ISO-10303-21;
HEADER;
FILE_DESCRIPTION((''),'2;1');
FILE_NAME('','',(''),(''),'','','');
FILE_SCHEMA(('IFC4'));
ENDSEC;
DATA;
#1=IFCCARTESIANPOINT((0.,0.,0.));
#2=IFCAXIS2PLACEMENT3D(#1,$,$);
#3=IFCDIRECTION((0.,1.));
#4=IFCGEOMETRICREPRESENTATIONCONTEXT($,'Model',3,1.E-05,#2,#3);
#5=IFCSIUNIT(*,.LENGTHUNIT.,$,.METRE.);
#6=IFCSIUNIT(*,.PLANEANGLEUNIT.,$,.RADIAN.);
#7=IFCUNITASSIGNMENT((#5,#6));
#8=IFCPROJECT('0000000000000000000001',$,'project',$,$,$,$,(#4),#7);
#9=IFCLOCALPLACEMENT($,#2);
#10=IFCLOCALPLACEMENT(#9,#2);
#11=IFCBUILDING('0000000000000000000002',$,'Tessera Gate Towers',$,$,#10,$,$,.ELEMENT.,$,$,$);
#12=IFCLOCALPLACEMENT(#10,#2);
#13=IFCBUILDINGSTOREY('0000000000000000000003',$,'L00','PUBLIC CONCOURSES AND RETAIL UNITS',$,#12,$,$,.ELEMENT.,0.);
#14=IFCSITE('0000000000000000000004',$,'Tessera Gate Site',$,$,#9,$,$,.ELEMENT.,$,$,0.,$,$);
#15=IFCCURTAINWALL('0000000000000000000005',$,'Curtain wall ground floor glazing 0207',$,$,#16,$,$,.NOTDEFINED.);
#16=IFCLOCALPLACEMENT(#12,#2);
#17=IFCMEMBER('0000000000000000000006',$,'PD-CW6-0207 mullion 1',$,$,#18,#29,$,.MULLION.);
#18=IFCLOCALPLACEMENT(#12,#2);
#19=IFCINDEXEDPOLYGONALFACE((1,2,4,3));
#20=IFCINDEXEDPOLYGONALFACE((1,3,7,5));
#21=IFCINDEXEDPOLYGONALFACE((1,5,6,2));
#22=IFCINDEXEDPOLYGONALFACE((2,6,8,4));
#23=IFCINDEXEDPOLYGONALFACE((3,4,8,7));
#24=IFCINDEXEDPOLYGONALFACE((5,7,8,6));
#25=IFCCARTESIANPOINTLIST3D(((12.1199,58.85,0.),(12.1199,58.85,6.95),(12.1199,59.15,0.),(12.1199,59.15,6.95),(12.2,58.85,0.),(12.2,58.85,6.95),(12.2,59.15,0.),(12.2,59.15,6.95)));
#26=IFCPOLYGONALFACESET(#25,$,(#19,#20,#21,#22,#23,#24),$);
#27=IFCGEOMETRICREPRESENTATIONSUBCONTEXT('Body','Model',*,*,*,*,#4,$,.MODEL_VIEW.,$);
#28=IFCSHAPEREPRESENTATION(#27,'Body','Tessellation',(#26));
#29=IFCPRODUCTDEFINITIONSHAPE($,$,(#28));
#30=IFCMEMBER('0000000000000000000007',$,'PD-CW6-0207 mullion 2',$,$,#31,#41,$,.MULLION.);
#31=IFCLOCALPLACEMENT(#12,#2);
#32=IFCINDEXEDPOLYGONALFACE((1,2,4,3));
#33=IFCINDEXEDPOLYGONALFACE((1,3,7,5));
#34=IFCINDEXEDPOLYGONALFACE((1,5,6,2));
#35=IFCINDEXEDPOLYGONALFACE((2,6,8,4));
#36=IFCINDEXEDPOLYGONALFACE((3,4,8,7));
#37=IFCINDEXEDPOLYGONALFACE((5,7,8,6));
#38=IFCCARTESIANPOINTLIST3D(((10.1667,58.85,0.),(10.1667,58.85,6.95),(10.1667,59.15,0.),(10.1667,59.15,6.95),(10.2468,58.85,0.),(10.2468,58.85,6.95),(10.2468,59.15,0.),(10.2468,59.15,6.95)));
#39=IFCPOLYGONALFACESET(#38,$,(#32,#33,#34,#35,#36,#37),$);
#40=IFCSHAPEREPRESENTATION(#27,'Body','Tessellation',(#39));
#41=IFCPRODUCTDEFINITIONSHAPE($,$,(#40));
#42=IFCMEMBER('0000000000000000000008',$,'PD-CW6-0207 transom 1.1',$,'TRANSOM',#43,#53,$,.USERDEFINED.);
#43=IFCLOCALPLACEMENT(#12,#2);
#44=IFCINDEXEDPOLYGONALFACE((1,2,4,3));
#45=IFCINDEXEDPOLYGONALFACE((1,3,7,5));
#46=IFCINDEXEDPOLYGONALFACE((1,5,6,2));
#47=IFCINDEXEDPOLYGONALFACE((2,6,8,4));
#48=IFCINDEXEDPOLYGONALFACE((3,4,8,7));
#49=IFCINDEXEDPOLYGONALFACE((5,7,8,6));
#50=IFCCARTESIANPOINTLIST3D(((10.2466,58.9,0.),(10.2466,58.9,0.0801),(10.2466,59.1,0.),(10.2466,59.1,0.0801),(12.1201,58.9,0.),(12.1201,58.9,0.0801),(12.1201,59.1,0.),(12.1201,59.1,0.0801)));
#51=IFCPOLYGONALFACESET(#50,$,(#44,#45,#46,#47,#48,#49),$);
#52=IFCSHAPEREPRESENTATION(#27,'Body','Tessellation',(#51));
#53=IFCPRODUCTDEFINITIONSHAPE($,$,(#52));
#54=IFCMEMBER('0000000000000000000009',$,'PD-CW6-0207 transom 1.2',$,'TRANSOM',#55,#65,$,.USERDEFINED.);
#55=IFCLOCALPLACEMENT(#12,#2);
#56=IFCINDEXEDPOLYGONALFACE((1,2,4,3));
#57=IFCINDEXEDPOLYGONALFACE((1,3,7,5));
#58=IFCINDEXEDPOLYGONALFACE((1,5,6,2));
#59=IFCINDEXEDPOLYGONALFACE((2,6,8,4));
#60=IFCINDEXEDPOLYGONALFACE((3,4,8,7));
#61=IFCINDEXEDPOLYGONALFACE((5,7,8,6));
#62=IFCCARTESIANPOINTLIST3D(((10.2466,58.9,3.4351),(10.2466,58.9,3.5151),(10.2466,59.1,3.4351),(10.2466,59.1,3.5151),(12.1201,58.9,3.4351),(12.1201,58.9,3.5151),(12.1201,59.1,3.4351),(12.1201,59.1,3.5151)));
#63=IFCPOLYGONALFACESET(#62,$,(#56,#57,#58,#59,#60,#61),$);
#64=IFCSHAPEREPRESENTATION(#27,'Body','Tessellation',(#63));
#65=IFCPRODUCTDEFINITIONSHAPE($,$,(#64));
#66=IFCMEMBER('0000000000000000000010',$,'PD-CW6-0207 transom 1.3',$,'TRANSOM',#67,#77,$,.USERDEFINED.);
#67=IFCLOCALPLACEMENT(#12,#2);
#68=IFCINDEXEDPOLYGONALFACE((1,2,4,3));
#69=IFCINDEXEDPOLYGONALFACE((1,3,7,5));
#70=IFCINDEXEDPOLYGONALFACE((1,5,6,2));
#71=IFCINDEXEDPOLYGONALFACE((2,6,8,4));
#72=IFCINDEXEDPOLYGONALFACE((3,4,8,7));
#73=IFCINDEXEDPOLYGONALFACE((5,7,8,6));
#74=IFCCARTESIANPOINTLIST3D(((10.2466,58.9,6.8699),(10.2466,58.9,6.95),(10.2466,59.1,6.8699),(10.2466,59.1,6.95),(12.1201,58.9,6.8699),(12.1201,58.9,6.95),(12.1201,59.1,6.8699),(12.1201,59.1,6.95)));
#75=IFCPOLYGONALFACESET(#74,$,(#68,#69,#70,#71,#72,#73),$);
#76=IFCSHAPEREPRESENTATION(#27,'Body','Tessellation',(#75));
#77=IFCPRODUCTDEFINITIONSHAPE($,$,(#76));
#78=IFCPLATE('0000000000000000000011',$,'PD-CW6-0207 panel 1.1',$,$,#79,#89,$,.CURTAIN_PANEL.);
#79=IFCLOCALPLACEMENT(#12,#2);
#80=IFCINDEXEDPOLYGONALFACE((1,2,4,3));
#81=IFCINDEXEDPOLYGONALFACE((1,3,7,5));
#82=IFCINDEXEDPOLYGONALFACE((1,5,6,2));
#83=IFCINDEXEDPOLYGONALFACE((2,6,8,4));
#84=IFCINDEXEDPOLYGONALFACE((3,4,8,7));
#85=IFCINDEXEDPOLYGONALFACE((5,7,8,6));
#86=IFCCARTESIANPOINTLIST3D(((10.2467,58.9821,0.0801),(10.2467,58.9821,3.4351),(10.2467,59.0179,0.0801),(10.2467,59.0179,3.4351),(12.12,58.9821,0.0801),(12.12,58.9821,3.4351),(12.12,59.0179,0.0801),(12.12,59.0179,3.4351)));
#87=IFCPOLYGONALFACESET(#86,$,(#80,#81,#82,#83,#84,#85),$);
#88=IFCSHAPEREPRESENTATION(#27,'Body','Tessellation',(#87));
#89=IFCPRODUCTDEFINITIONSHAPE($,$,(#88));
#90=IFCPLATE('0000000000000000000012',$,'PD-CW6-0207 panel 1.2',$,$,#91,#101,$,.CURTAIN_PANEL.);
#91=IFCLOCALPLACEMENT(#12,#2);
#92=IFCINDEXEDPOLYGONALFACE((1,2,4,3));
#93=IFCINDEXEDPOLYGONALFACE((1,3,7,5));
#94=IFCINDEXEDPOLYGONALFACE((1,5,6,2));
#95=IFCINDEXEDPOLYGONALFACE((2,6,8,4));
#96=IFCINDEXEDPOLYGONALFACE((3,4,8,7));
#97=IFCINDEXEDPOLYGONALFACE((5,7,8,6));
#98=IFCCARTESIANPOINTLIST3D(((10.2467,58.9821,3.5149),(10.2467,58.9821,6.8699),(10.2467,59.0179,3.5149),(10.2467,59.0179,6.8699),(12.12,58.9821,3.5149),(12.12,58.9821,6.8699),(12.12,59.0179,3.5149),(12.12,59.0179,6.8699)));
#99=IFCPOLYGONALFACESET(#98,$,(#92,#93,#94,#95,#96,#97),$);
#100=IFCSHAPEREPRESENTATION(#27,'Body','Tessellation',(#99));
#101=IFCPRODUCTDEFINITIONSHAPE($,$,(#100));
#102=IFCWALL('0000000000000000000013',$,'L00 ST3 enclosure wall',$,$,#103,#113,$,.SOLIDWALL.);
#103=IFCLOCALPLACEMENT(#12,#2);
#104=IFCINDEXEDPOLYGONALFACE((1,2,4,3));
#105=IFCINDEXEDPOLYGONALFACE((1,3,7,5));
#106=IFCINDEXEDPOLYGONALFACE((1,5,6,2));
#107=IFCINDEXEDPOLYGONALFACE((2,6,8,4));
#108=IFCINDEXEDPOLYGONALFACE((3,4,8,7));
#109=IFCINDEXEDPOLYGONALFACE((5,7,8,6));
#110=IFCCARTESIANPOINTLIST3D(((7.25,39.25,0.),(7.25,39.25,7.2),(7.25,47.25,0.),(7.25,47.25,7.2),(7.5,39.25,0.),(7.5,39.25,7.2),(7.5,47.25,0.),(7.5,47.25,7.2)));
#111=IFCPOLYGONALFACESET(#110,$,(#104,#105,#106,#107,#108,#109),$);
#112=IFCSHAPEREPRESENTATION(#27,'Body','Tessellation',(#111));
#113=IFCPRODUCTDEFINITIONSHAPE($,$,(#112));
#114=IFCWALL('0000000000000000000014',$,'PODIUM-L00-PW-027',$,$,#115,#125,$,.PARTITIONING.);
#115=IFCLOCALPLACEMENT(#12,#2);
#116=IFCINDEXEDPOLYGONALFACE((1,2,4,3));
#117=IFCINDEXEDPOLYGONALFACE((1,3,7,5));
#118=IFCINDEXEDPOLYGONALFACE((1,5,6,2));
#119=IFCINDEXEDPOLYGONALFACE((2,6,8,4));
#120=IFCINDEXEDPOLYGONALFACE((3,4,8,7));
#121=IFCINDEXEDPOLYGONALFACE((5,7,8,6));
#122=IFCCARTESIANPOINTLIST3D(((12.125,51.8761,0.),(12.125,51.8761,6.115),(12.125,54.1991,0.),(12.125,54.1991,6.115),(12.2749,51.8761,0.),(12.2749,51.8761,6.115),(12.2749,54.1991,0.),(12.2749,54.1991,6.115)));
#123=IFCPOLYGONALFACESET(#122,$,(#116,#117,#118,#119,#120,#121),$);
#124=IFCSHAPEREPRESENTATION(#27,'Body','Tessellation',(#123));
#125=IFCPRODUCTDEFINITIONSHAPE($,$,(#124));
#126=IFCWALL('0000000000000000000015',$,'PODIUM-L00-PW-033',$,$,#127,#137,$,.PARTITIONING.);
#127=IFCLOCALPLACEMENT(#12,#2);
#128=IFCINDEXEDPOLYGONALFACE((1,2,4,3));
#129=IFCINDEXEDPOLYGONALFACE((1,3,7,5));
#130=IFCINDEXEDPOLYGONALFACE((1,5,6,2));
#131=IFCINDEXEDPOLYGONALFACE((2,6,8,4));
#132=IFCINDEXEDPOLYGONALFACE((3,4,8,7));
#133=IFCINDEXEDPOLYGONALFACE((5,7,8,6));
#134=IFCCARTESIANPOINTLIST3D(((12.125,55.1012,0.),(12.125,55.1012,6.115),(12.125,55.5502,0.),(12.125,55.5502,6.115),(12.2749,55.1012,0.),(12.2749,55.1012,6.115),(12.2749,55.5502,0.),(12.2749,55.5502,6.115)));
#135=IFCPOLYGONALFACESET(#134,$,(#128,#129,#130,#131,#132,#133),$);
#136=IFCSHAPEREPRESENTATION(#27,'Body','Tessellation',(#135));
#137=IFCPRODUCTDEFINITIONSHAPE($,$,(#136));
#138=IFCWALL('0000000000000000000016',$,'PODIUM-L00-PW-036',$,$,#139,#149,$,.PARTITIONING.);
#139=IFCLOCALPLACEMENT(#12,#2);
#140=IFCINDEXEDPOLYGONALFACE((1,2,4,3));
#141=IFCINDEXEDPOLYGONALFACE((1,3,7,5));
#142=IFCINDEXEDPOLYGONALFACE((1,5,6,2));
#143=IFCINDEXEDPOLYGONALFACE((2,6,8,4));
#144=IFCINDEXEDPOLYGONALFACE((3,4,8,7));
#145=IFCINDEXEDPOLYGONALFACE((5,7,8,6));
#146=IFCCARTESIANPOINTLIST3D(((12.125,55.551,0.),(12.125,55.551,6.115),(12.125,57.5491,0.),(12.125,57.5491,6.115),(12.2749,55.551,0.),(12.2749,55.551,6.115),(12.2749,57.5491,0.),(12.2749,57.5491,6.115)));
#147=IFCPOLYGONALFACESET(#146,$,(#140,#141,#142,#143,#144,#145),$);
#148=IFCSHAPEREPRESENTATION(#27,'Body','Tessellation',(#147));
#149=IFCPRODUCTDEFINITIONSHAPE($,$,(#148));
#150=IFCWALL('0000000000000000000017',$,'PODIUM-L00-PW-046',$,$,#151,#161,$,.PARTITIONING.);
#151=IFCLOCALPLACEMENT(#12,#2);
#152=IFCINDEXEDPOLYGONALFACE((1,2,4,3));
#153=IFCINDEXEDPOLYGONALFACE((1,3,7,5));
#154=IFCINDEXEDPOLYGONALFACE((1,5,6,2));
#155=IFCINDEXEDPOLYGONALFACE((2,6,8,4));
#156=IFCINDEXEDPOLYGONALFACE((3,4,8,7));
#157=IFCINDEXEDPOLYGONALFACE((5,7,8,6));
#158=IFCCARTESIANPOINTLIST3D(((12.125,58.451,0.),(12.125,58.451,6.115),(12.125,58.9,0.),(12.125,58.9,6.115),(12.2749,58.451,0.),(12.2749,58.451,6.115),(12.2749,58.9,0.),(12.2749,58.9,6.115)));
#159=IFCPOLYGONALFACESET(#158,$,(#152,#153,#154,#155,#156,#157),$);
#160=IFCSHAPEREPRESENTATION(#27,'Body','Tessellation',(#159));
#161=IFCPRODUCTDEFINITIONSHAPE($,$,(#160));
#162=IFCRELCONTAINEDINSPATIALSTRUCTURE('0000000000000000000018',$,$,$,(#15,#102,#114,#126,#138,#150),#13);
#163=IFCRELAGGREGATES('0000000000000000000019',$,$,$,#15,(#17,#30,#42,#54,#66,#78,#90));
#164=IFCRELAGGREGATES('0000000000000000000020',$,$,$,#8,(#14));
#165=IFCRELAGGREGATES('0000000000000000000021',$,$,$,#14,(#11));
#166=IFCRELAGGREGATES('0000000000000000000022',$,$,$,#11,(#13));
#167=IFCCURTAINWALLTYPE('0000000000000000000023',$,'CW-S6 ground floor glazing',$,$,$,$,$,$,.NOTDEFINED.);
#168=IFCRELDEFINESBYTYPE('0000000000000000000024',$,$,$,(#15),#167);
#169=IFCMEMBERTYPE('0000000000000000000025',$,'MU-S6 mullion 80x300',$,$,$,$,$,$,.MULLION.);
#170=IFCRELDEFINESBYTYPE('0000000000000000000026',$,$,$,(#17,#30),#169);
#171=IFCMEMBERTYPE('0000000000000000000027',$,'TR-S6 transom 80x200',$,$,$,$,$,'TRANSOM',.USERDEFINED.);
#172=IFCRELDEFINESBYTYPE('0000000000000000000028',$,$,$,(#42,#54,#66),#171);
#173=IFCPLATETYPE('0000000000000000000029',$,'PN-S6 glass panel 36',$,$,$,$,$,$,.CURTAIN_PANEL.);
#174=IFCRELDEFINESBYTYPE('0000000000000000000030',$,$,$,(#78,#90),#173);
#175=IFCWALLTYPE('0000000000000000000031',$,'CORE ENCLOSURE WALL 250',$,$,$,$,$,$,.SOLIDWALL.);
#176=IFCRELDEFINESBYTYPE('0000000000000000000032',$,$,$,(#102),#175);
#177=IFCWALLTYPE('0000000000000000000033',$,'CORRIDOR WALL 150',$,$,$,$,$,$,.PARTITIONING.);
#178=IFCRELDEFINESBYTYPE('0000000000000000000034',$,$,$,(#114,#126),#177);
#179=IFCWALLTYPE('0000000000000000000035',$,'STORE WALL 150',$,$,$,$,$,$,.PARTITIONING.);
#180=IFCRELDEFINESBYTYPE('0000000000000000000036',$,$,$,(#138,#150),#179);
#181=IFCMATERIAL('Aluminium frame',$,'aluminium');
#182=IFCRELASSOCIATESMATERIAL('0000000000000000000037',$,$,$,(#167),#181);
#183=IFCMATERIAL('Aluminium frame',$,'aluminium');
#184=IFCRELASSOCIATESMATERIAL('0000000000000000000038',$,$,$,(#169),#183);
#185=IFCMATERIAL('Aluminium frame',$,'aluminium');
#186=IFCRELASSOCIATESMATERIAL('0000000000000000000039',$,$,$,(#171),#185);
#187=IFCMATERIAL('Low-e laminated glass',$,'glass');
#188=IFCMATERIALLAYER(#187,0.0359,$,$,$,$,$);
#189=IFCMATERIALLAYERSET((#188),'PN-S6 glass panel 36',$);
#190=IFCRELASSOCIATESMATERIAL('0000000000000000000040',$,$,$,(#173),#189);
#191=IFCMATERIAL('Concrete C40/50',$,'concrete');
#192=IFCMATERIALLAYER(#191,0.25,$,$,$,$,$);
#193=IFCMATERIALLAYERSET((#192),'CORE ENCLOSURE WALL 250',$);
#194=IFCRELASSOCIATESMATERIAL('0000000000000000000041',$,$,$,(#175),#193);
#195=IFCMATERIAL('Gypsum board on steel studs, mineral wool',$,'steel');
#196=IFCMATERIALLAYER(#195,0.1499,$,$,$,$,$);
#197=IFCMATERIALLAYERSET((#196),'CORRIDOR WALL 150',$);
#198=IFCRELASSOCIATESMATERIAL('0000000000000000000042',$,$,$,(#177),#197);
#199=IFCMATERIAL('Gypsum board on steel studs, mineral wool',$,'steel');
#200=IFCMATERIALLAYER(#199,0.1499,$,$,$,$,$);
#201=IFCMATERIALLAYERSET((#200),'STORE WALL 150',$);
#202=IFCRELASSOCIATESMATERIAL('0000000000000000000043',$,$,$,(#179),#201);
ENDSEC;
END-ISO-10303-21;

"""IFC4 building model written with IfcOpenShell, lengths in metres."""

from ifc_helpers import new_model, si_unit, direction, frame, frame_2d, origin, origin_2d, place, context, subcontext, project, spatial, rectangle, extrude, material, layer, layer_set, material_profile, profile_set, type_object, element, aggregate, save


model = new_model("IFC4")

# Units and contexts
model_context = context("Model", 3, precision=1e-05, world=origin(), true_north=direction((0.0, 1.0)))
body_context = subcontext(model_context, "Body", "Model", "MODEL_VIEW")
ifc_project = project(units=[si_unit("LENGTHUNIT", "METRE"), si_unit("PLANEANGLEUNIT", "RADIAN")], contexts=[model_context])

# Site, building, storey
site_placement = place(None, origin())
site = spatial("IfcSite", under=ifc_project, at=site_placement, Name="Tessera Gate Site", CompositionType="ELEMENT", RefElevation=0.0)
building_placement = place(site_placement, origin())
building = spatial("IfcBuilding", under=site, at=building_placement, Name="Tessera Gate Towers", CompositionType="ELEMENT")
storey_placement = place(building_placement, origin())
storey = spatial("IfcBuildingStorey", under=building, at=storey_placement, Name="L00", Description="PUBLIC CONCOURSES AND RETAIL UNITS", CompositionType="ELEMENT", Elevation=0.0)

# Curtain wall, members, plates
ifc_material_1 = material(Name="Aluminium frame", Category="aluminium")
curtain_wall_type = type_object("IfcCurtainWallType", Name="CW-S6 ground floor glazing", PredefinedType="NOTDEFINED", material=ifc_material_1)
curtain_wall_placement = place(storey_placement, origin())
curtain_wall = element("IfcCurtainWall", 1, at=curtain_wall_placement, inside=storey, type_object=curtain_wall_type, Name="Curtain wall ground floor glazing 0207", PredefinedType="NOTDEFINED")
ifc_material_2 = material(Name="Aluminium frame", Category="aluminium")
ifc_material_profile_1 = material_profile(ifc_material_2, rectangle(XDim=0.0801, YDim=0.3, at=origin_2d()), Name="AL 80x300")
ifc_profile_set_1 = profile_set([ifc_material_profile_1], Name="Aluminium frame")
member_type_1 = type_object("IfcMemberType", Name="MU-S6 mullion 80x300", PredefinedType="MULLION", material=ifc_profile_set_1)
member_1_placement = place(storey_placement, frame((12.1599, 59.0, 0.0), z_axis=(0.0, 0.0, 1.0), x_axis=(-1.0, 0.0, 0.0)))
member_1 = element("IfcMember", 2, at=member_1_placement, type_object=member_type_1, Name="PD-CW6-0207 mullion 1", PredefinedType="MULLION", context=body_context, shape_type="SweptSolid", body=[
    extrude(rectangle(XDim=0.0801, YDim=0.3, at=origin_2d()), origin(), (0.0, 0.0, 1.0), 6.95),
])
member_2_placement = place(storey_placement, frame((10.2068, 59.0, 0.0), z_axis=(0.0, 0.0, 1.0), x_axis=(-1.0, 0.0, 0.0)))
member_2 = element("IfcMember", 3, at=member_2_placement, type_object=member_type_1, Name="PD-CW6-0207 mullion 2", PredefinedType="MULLION", context=body_context, shape_type="SweptSolid", body=[
    extrude(rectangle(XDim=0.0801, YDim=0.3, at=origin_2d()), origin(), (0.0, 0.0, 1.0), 6.95),
])
ifc_material_3 = material(Name="Aluminium frame", Category="aluminium")
ifc_material_profile_2 = material_profile(ifc_material_3, rectangle(XDim=0.2, YDim=0.0801, at=origin_2d()), Name="AL 80x200")
ifc_profile_set_2 = profile_set([ifc_material_profile_2], Name="Aluminium frame")
member_type_2 = type_object("IfcMemberType", Name="TR-S6 transom 80x200", ElementType="TRANSOM", PredefinedType="USERDEFINED", material=ifc_profile_set_2)
member_3_placement = place(storey_placement, frame((12.1201, 59.0, 0.04), z_axis=(-1.0, 0.0, 0.0), x_axis=(0.0, -1.0, 0.0)))
member_3 = element("IfcMember", 4, at=member_3_placement, type_object=member_type_2, Name="PD-CW6-0207 transom 1.1", ObjectType="TRANSOM", PredefinedType="USERDEFINED", context=body_context, shape_type="SweptSolid", body=[
    extrude(rectangle(XDim=0.2, YDim=0.0801, at=origin_2d()), origin(), (0.0, 0.0, 1.0), 1.8735),
])
member_4_placement = place(storey_placement, frame((12.1201, 59.0, 3.4751), z_axis=(-1.0, 0.0, 0.0), x_axis=(0.0, -1.0, 0.0)))
member_4 = element("IfcMember", 5, at=member_4_placement, type_object=member_type_2, Name="PD-CW6-0207 transom 1.2", ObjectType="TRANSOM", PredefinedType="USERDEFINED", context=body_context, shape_type="SweptSolid", body=[
    extrude(rectangle(XDim=0.2, YDim=0.0801, at=origin_2d()), origin(), (0.0, 0.0, 1.0), 1.8735),
])
member_5_placement = place(storey_placement, frame((12.1201, 59.0, 6.9099), z_axis=(-1.0, 0.0, 0.0), x_axis=(0.0, -1.0, 0.0)))
member_5 = element("IfcMember", 6, at=member_5_placement, type_object=member_type_2, Name="PD-CW6-0207 transom 1.3", ObjectType="TRANSOM", PredefinedType="USERDEFINED", context=body_context, shape_type="SweptSolid", body=[
    extrude(rectangle(XDim=0.2, YDim=0.0801, at=origin_2d()), origin(), (0.0, 0.0, 1.0), 1.8735),
])
ifc_material_4 = material(Name="Low-e laminated glass", Category="glass")
ifc_layer_1 = layer(ifc_material_4, 0.0359)
ifc_layer_set_1 = layer_set([ifc_layer_1], Name="PN-S6 glass panel 36")
plate_type_1 = type_object("IfcPlateType", Name="PN-S6 glass panel 36", PredefinedType="CURTAIN_PANEL", material=ifc_layer_set_1)
plate_1_placement = place(storey_placement, frame((11.1833, 59.0, 0.0801), z_axis=(0.0, 0.0, 1.0), x_axis=(-1.0, 0.0, 0.0)))
plate_1 = element("IfcPlate", 7, at=plate_1_placement, type_object=plate_type_1, Name="PD-CW6-0207 panel 1.1", PredefinedType="CURTAIN_PANEL", context=body_context, shape_type="SweptSolid", body=[
    extrude(rectangle(XDim=1.8733, YDim=0.0359, at=origin_2d()), origin(), (0.0, 0.0, 1.0), 3.355),
])
plate_2_placement = place(storey_placement, frame((11.1833, 59.0, 3.5149), z_axis=(0.0, 0.0, 1.0), x_axis=(-1.0, 0.0, 0.0)))
plate_2 = element("IfcPlate", 8, at=plate_2_placement, type_object=plate_type_1, Name="PD-CW6-0207 panel 1.2", PredefinedType="CURTAIN_PANEL", context=body_context, shape_type="SweptSolid", body=[
    extrude(rectangle(XDim=1.8733, YDim=0.0359, at=origin_2d()), origin(), (0.0, 0.0, 1.0), 3.355),
])
aggregate(curtain_wall, [member_1, member_2, member_3, member_4, member_5, plate_1, plate_2])

# Walls
ifc_material_5 = material(Name="Concrete C40/50", Category="concrete")
ifc_layer_2 = layer(ifc_material_5, 0.25)
ifc_layer_set_2 = layer_set([ifc_layer_2], Name="CORE ENCLOSURE WALL 250")
wall_type_1 = type_object("IfcWallType", Name="CORE ENCLOSURE WALL 250", PredefinedType="SOLIDWALL", material=ifc_layer_set_2)
wall_1_placement = place(storey_placement, frame((7.375, 47.25, 0.0), z_axis=(0.0, 0.0, 1.0), x_axis=(0.0, -1.0, 0.0)))
element("IfcWall", 9, at=wall_1_placement, inside=storey, type_object=wall_type_1, Name="L00 ST3 enclosure wall", PredefinedType="SOLIDWALL", context=body_context, shape_type="SweptSolid", body=[
    extrude(rectangle(XDim=8.0, YDim=0.25, at=frame_2d((4.0, 0.0))), origin(), (0.0, 0.0, 1.0), 7.2),
])
ifc_material_6 = material(Name="Gypsum board on steel studs, mineral wool", Category="steel")
ifc_layer_3 = layer(ifc_material_6, 0.1499)
ifc_layer_set_3 = layer_set([ifc_layer_3], Name="CORRIDOR WALL 150")
wall_type_2 = type_object("IfcWallType", Name="CORRIDOR WALL 150", PredefinedType="PARTITIONING", material=ifc_layer_set_3)
wall_2_placement = place(storey_placement, frame((12.2, 51.876, 0.0), z_axis=(0.0, 0.0, 1.0), x_axis=(0.0, 1.0, 0.0)))
element("IfcWall", 10, at=wall_2_placement, inside=storey, type_object=wall_type_2, Name="PODIUM-L00-PW-027", PredefinedType="PARTITIONING", context=body_context, shape_type="SweptSolid", body=[
    extrude(rectangle(XDim=2.323, YDim=0.1499, at=frame_2d((1.1616, 0.0))), origin(), (0.0, 0.0, 1.0), 6.115),
])
wall_3_placement = place(storey_placement, frame((12.2, 55.1011, 0.0), z_axis=(0.0, 0.0, 1.0), x_axis=(0.0, 1.0, 0.0)))
element("IfcWall", 11, at=wall_3_placement, inside=storey, type_object=wall_type_2, Name="PODIUM-L00-PW-033", PredefinedType="PARTITIONING", context=body_context, shape_type="SweptSolid", body=[
    extrude(rectangle(XDim=0.449, YDim=0.1499, at=frame_2d((0.2246, 0.0))), origin(), (0.0, 0.0, 1.0), 6.115),
])
ifc_material_7 = material(Name="Gypsum board on steel studs, mineral wool", Category="steel")
ifc_layer_4 = layer(ifc_material_7, 0.1499)
ifc_layer_set_4 = layer_set([ifc_layer_4], Name="STORE WALL 150")
wall_type_3 = type_object("IfcWallType", Name="STORE WALL 150", PredefinedType="PARTITIONING", material=ifc_layer_set_4)
wall_4_placement = place(storey_placement, frame((12.2, 55.551, 0.0), z_axis=(0.0, 0.0, 1.0), x_axis=(0.0, 1.0, 0.0)))
element("IfcWall", 12, at=wall_4_placement, inside=storey, type_object=wall_type_3, Name="PODIUM-L00-PW-036", PredefinedType="PARTITIONING", context=body_context, shape_type="SweptSolid", body=[
    extrude(rectangle(XDim=1.998, YDim=0.1499, at=frame_2d((0.999, 0.0))), origin(), (0.0, 0.0, 1.0), 6.115),
])
wall_5_placement = place(storey_placement, frame((12.2, 58.4509, 0.0), z_axis=(0.0, 0.0, 1.0), x_axis=(0.0, 1.0, 0.0)))
element("IfcWall", 13, at=wall_5_placement, inside=storey, type_object=wall_type_3, Name="PODIUM-L00-PW-046", PredefinedType="PARTITIONING", context=body_context, shape_type="SweptSolid", body=[
    extrude(rectangle(XDim=0.449, YDim=0.1499, at=frame_2d((0.2246, 0.0))), origin(), (0.0, 0.0, 1.0), 6.115),
])

save(model, "model.ifc")
